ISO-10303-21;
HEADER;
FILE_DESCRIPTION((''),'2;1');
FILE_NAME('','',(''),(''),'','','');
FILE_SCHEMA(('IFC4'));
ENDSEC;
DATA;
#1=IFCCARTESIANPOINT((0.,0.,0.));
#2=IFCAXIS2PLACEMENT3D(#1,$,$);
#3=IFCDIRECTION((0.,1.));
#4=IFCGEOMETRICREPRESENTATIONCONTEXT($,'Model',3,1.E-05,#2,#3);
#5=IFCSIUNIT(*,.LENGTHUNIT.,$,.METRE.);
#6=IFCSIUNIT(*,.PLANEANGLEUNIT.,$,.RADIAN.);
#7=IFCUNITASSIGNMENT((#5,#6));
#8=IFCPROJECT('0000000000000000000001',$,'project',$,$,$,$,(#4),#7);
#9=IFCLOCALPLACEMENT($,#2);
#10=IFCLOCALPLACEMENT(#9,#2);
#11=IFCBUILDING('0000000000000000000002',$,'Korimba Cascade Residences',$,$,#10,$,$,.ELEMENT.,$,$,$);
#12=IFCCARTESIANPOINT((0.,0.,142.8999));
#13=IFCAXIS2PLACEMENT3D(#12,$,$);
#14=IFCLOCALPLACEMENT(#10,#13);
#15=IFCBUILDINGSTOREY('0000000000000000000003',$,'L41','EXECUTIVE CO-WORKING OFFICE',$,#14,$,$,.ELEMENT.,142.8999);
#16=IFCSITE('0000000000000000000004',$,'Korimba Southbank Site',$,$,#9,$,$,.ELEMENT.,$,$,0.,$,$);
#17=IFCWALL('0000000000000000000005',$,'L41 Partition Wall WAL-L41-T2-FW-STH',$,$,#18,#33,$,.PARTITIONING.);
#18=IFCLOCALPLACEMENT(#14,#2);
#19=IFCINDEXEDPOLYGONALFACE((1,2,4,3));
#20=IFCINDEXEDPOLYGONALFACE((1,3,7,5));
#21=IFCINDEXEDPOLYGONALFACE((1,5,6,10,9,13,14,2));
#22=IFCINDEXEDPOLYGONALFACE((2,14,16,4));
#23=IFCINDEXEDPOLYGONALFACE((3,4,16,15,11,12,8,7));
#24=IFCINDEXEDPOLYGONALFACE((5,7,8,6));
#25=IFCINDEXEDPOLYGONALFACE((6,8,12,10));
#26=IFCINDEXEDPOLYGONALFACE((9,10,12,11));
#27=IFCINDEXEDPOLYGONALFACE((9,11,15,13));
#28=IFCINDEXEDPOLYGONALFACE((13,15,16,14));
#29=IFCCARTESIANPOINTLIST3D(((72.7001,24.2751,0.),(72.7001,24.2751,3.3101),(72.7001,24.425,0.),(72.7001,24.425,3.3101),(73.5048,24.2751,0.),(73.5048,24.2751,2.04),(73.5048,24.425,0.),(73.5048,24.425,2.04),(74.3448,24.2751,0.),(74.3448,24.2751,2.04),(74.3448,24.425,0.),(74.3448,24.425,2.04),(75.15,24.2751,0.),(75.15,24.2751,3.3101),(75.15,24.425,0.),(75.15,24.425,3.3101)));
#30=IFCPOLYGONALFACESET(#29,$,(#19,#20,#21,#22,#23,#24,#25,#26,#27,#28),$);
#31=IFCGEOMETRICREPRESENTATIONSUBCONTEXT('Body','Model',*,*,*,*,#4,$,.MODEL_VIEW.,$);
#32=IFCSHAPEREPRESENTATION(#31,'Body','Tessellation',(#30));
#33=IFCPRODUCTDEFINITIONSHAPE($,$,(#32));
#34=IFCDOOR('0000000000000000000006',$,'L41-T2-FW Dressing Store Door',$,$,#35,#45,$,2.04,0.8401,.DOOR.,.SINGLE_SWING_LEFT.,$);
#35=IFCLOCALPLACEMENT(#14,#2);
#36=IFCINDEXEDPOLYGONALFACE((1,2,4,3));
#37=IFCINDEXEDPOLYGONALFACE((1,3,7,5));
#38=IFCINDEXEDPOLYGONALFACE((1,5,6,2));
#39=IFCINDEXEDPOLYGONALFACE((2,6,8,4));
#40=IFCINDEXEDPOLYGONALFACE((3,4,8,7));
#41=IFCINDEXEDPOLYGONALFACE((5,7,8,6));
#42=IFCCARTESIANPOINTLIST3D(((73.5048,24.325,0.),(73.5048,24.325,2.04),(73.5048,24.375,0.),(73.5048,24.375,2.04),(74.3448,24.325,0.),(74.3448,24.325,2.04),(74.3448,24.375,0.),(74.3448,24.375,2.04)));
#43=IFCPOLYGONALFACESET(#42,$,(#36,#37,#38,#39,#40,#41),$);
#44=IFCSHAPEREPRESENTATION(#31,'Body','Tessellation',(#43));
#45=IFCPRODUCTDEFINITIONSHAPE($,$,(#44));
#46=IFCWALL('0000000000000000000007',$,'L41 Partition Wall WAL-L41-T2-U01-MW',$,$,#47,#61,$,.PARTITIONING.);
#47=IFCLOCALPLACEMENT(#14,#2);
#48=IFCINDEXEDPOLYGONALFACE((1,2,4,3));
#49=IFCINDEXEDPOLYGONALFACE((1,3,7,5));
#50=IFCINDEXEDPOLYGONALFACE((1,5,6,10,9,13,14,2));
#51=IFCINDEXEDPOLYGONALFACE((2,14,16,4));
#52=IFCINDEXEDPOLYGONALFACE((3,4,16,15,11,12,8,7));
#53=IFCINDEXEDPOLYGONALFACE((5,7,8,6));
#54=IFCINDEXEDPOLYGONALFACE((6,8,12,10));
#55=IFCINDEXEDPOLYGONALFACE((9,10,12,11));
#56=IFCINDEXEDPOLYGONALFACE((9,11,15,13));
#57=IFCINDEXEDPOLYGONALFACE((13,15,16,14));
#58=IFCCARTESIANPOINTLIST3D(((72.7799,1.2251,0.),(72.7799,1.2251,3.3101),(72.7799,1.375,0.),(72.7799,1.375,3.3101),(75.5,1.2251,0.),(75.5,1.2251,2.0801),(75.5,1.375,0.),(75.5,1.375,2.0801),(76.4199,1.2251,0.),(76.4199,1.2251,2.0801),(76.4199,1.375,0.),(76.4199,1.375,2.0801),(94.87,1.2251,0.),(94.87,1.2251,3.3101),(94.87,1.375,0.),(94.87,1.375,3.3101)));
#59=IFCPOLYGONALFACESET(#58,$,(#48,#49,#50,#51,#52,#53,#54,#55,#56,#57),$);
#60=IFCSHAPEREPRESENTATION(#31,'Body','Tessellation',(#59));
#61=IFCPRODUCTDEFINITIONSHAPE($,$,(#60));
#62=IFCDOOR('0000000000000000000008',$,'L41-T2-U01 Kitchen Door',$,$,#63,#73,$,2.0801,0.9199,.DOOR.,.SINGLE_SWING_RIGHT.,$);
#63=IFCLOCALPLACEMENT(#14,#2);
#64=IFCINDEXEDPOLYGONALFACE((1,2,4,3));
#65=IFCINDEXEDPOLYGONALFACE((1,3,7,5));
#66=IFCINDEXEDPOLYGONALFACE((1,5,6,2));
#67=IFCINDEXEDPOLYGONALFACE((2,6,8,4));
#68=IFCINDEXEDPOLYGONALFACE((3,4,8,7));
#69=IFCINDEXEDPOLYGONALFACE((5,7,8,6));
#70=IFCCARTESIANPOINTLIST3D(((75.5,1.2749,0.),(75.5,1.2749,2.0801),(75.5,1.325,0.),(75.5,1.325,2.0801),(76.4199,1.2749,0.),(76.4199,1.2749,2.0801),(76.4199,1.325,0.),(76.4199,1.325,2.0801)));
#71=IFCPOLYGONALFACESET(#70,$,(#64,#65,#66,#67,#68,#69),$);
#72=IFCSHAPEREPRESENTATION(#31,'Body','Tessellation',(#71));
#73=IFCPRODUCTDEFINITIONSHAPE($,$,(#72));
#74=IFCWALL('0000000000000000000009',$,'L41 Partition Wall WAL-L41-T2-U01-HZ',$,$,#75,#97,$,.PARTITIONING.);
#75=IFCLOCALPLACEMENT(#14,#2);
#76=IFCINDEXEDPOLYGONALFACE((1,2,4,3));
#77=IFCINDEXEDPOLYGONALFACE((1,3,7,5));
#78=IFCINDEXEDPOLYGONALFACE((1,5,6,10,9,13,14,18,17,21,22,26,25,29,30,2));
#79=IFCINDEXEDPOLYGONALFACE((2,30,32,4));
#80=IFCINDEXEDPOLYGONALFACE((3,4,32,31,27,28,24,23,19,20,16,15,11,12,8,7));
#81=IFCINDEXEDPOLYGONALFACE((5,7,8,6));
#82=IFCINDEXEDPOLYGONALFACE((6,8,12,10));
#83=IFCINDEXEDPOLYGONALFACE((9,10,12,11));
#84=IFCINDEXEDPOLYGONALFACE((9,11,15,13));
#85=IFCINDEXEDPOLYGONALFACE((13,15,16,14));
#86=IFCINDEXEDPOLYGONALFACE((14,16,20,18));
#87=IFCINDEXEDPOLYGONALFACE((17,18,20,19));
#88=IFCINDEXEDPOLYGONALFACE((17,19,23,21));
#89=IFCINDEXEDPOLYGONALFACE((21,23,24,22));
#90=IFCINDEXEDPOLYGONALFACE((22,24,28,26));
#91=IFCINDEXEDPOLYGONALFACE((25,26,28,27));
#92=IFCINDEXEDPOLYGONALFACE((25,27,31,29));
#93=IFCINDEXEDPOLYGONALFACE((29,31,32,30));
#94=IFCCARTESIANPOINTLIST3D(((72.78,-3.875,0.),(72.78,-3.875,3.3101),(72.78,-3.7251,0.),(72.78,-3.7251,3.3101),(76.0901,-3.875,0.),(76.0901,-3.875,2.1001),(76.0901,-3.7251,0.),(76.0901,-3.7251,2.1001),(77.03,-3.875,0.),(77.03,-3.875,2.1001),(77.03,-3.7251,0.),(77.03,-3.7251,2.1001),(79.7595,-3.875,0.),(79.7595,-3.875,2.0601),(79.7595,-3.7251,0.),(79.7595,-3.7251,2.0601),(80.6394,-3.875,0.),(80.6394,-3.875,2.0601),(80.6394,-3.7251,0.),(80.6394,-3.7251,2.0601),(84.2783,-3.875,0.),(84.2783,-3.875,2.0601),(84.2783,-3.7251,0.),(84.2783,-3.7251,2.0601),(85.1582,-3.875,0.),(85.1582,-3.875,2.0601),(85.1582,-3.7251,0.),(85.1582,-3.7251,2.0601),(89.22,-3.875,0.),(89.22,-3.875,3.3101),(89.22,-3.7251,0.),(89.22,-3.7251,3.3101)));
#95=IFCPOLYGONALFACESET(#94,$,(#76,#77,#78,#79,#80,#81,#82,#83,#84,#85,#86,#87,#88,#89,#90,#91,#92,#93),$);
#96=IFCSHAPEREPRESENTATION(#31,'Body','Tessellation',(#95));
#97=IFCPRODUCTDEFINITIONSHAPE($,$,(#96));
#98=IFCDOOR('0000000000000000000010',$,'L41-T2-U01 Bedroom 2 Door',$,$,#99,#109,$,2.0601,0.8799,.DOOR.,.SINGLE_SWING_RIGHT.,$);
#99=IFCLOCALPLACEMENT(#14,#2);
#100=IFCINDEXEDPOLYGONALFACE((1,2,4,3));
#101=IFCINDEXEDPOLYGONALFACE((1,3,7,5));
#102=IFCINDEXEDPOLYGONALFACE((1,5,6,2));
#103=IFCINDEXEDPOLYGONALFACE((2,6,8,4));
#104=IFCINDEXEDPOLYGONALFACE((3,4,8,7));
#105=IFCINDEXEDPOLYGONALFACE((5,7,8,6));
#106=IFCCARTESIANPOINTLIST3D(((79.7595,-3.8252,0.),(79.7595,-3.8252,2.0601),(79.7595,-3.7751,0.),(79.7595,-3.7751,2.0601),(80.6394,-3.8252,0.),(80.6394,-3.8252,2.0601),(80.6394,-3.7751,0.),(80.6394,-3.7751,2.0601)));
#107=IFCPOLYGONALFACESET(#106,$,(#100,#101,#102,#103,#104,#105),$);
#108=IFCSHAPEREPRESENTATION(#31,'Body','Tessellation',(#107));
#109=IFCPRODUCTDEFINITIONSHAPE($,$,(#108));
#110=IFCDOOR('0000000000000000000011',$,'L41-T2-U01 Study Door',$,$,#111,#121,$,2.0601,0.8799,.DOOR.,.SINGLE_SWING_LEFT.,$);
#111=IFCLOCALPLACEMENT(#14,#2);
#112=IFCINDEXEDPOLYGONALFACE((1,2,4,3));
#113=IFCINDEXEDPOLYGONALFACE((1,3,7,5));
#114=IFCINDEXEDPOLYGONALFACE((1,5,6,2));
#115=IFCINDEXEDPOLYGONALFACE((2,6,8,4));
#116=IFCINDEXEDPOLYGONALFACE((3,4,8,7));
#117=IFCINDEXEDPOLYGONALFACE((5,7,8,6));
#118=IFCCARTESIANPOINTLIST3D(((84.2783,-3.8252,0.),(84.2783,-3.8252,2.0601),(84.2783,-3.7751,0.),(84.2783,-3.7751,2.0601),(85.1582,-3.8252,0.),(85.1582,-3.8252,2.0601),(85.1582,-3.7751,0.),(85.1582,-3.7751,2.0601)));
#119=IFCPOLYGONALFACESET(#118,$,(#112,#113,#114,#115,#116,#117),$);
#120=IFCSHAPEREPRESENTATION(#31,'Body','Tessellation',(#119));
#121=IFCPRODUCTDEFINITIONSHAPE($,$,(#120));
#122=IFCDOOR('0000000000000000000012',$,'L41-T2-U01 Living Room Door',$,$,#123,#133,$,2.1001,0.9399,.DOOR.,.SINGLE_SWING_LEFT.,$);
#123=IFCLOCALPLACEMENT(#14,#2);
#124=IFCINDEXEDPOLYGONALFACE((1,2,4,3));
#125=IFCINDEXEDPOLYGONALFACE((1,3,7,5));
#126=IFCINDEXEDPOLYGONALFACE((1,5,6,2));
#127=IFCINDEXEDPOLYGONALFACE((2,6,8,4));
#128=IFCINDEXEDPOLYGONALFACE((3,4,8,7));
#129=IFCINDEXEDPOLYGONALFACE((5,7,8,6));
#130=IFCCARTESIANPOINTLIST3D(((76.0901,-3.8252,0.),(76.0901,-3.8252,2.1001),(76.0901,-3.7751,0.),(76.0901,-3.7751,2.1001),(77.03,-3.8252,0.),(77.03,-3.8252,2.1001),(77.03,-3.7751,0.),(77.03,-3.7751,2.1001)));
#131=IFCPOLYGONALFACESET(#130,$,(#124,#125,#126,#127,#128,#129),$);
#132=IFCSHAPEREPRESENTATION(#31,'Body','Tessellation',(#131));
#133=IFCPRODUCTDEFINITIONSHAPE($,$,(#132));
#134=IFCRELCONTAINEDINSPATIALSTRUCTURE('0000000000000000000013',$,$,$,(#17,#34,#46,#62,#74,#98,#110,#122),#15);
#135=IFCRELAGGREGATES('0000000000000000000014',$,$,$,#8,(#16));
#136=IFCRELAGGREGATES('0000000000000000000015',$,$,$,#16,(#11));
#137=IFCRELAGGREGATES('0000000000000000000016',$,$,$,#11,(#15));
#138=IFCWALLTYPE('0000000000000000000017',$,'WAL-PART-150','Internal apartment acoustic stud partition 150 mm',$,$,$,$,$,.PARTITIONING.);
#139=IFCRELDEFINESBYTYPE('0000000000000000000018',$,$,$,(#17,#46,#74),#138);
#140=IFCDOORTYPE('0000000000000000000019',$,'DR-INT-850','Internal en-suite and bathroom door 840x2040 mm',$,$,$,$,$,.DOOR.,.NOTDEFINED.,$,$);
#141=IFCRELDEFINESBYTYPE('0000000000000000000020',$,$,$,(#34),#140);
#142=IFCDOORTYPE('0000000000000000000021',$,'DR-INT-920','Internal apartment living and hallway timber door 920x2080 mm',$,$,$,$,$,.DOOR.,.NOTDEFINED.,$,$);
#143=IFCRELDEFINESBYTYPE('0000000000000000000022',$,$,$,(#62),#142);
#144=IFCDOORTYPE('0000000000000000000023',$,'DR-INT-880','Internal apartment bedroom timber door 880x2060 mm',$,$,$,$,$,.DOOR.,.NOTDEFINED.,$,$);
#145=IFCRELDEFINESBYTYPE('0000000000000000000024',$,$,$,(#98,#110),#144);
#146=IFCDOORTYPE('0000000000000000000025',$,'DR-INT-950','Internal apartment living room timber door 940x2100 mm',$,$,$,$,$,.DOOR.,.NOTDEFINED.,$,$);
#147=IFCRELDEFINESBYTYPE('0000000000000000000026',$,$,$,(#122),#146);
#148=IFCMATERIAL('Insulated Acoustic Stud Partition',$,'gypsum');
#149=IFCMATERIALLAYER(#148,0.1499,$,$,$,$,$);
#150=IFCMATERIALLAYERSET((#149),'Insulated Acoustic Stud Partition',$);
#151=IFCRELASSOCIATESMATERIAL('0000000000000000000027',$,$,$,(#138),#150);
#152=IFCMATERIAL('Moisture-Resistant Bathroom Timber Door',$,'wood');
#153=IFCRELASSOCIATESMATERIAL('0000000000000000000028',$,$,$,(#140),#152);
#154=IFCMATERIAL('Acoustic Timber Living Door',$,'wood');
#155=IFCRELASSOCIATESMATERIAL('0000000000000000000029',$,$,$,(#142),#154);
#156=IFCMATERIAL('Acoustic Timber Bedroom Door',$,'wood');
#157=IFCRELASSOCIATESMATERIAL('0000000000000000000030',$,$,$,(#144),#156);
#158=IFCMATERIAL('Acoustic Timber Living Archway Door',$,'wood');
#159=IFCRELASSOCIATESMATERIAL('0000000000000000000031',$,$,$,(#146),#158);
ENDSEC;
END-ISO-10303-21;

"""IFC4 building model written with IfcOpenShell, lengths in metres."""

from ifc_helpers import new_model, si_unit, direction, frame, frame_2d, origin, place, context, subcontext, project, spatial, rectangle, extrude, material, layer, layer_set, type_object, element, fill, save


model = new_model("IFC4")

# Units and contexts
model_context = context("Model", 3, precision=1e-05, world=origin(), true_north=direction((0.0, 1.0)))
body_context = subcontext(model_context, "Body", "Model", "MODEL_VIEW")
ifc_project = project(units=[si_unit("LENGTHUNIT", "METRE"), si_unit("PLANEANGLEUNIT", "RADIAN")], contexts=[model_context])

# Site, building, storey
site_placement = place(None, origin())
site = spatial("IfcSite", under=ifc_project, at=site_placement, Name="Korimba Southbank Site", CompositionType="ELEMENT", RefElevation=0.0)
building_placement = place(site_placement, origin())
building = spatial("IfcBuilding", under=site, at=building_placement, Name="Korimba Cascade Residences", CompositionType="ELEMENT")
storey_placement = place(building_placement, frame((0.0, 0.0, 142.8999)))
storey = spatial("IfcBuildingStorey", under=building, at=storey_placement, Name="L41", Description="EXECUTIVE CO-WORKING OFFICE", CompositionType="ELEMENT", Elevation=142.8999)

# Walls, openings, doors
ifc_material_1 = material(Name="Insulated Acoustic Stud Partition", Category="gypsum")
ifc_layer_1 = layer(ifc_material_1, 0.1499)
ifc_layer_set_1 = layer_set([ifc_layer_1], Name="Insulated Acoustic Stud Partition")
wall_type_1 = type_object("IfcWallType", Name="WAL-PART-150", Description="Internal apartment acoustic stud partition 150 mm", PredefinedType="PARTITIONING", material=ifc_layer_set_1)
wall_1_placement = place(storey_placement, frame((72.7, 24.3501, 0.0), z_axis=(0.0, 0.0, 1.0), x_axis=(1.0, 0.0, 0.0)))
wall_1 = element("IfcWall", 1, at=wall_1_placement, inside=storey, type_object=wall_type_1, Name="L41 Partition Wall WAL-L41-T2-FW-STH", PredefinedType="PARTITIONING", context=body_context, shape_type="SweptSolid", body=[
    extrude(rectangle(XDim=2.45, YDim=0.1499, at=frame_2d((1.2251, 0.0))), origin(), (0.0, 0.0, 1.0), 3.3101),
])
opening_1_placement = place(wall_1_placement, frame((0.8049, 0.0, 0.0)))
opening_1 = element("IfcOpeningElement", 2, at=opening_1_placement, cuts=wall_1, PredefinedType="OPENING", context=body_context, shape_type="SweptSolid", body=[
    extrude(rectangle(XDim=0.8401, YDim=2.04, at=frame_2d((0.4199, 1.02))), frame((0.0, 0.085, 0.0), z_axis=(0.0, -1.0, 0.0), x_axis=(1.0, 0.0, 0.0)), (0.0, 0.0, 1.0), 0.1699),
])
ifc_material_2 = material(Name="Moisture-Resistant Bathroom Timber Door", Category="wood")
door_type_1 = type_object("IfcDoorType", Name="DR-INT-850", Description="Internal en-suite and bathroom door 840x2040 mm", OperationType="NOTDEFINED", PredefinedType="DOOR", material=ifc_material_2)
door_1_placement = place(opening_1_placement, origin())
door_1 = element("IfcDoor", 3, at=door_1_placement, inside=storey, type_object=door_type_1, Name="L41-T2-FW Dressing Store Door", OperationType="SINGLE_SWING_LEFT", OverallHeight=2.04, OverallWidth=0.8401, PredefinedType="DOOR", context=body_context, shape_type="SweptSolid", body=[
    extrude(rectangle(XDim=0.8401, YDim=2.04, at=frame_2d((0.4199, 1.02))), frame((0.0, 0.0249, 0.0), z_axis=(0.0, -1.0, 0.0), x_axis=(1.0, 0.0, 0.0)), (0.0, 0.0, 1.0), 0.05),
])
fill(opening_1, door_1)
wall_2_placement = place(storey_placement, frame((72.78, 1.3, 0.0), z_axis=(0.0, 0.0, 1.0), x_axis=(1.0, 0.0, 0.0)))
wall_2 = element("IfcWall", 4, at=wall_2_placement, inside=storey, type_object=wall_type_1, Name="L41 Partition Wall WAL-L41-T2-U01-MW", PredefinedType="PARTITIONING", context=body_context, shape_type="SweptSolid", body=[
    extrude(rectangle(XDim=22.0901, YDim=0.1499, at=frame_2d((11.0449, 0.0))), origin(), (0.0, 0.0, 1.0), 3.3101),
])
opening_2_placement = place(wall_2_placement, frame((2.72, 0.0, 0.0)))
opening_2 = element("IfcOpeningElement", 5, at=opening_2_placement, cuts=wall_2, PredefinedType="OPENING", context=body_context, shape_type="SweptSolid", body=[
    extrude(rectangle(XDim=0.9199, YDim=2.0801, at=frame_2d((0.46, 1.04))), frame((0.0, 0.085, 0.0), z_axis=(0.0, -1.0, 0.0), x_axis=(1.0, 0.0, 0.0)), (0.0, 0.0, 1.0), 0.1699),
])
ifc_material_3 = material(Name="Acoustic Timber Living Door", Category="wood")
door_type_2 = type_object("IfcDoorType", Name="DR-INT-920", Description="Internal apartment living and hallway timber door 920x2080 mm", OperationType="NOTDEFINED", PredefinedType="DOOR", material=ifc_material_3)
door_2_placement = place(opening_2_placement, origin())
door_2 = element("IfcDoor", 6, at=door_2_placement, inside=storey, type_object=door_type_2, Name="L41-T2-U01 Kitchen Door", OperationType="SINGLE_SWING_RIGHT", OverallHeight=2.0801, OverallWidth=0.9199, PredefinedType="DOOR", context=body_context, shape_type="SweptSolid", body=[
    extrude(rectangle(XDim=0.9199, YDim=2.0801, at=frame_2d((0.46, 1.04))), frame((0.0, 0.0249, 0.0), z_axis=(0.0, -1.0, 0.0), x_axis=(1.0, 0.0, 0.0)), (0.0, 0.0, 1.0), 0.05),
])
fill(opening_2, door_2)

# Wall, openings, doors
wall_3_placement = place(storey_placement, frame((72.78, -3.8, 0.0), z_axis=(0.0, 0.0, 1.0), x_axis=(1.0, 0.0, 0.0)))
wall_3 = element("IfcWall", 7, at=wall_3_placement, inside=storey, type_object=wall_type_1, Name="L41 Partition Wall WAL-L41-T2-U01-HZ", PredefinedType="PARTITIONING", context=body_context, shape_type="SweptSolid", body=[
    extrude(rectangle(XDim=16.4399, YDim=0.1499, at=frame_2d((8.22, 0.0))), origin(), (0.0, 0.0, 1.0), 3.3101),
])
opening_3_placement = place(wall_3_placement, frame((3.3101, 0.0, 0.0)))
opening_3 = element("IfcOpeningElement", 8, at=opening_3_placement, cuts=wall_3, PredefinedType="OPENING", context=body_context, shape_type="SweptSolid", body=[
    extrude(rectangle(XDim=0.9399, YDim=2.1001, at=frame_2d((0.47, 1.05))), frame((0.0, 0.085, 0.0), z_axis=(0.0, -1.0, 0.0), x_axis=(1.0, 0.0, 0.0)), (0.0, 0.0, 1.0), 0.1699),
])
opening_4_placement = place(wall_3_placement, frame((6.9795, 0.0, 0.0)))
opening_4 = element("IfcOpeningElement", 9, at=opening_4_placement, cuts=wall_3, PredefinedType="OPENING", context=body_context, shape_type="SweptSolid", body=[
    extrude(rectangle(XDim=0.8799, YDim=2.0601, at=frame_2d((0.4399, 1.03))), frame((0.0, 0.085, 0.0), z_axis=(0.0, -1.0, 0.0), x_axis=(1.0, 0.0, 0.0)), (0.0, 0.0, 1.0), 0.1699),
])
opening_5_placement = place(wall_3_placement, frame((11.4983, 0.0, 0.0)))
opening_5 = element("IfcOpeningElement", 10, at=opening_5_placement, cuts=wall_3, PredefinedType="OPENING", context=body_context, shape_type="SweptSolid", body=[
    extrude(rectangle(XDim=0.8799, YDim=2.0601, at=frame_2d((0.4399, 1.03))), frame((0.0, 0.085, 0.0), z_axis=(0.0, -1.0, 0.0), x_axis=(1.0, 0.0, 0.0)), (0.0, 0.0, 1.0), 0.1699),
])
ifc_material_4 = material(Name="Acoustic Timber Bedroom Door", Category="wood")
door_type_3 = type_object("IfcDoorType", Name="DR-INT-880", Description="Internal apartment bedroom timber door 880x2060 mm", OperationType="NOTDEFINED", PredefinedType="DOOR", material=ifc_material_4)
door_3_placement = place(opening_4_placement, origin())
door_3 = element("IfcDoor", 11, at=door_3_placement, inside=storey, type_object=door_type_3, Name="L41-T2-U01 Bedroom 2 Door", OperationType="SINGLE_SWING_RIGHT", OverallHeight=2.0601, OverallWidth=0.8799, PredefinedType="DOOR", context=body_context, shape_type="SweptSolid", body=[
    extrude(rectangle(XDim=0.8799, YDim=2.0601, at=frame_2d((0.4399, 1.03))), frame((0.0, 0.0249, 0.0), z_axis=(0.0, -1.0, 0.0), x_axis=(1.0, 0.0, 0.0)), (0.0, 0.0, 1.0), 0.05),
])
fill(opening_4, door_3)
door_4_placement = place(opening_5_placement, origin())
door_4 = element("IfcDoor", 12, at=door_4_placement, inside=storey, type_object=door_type_3, Name="L41-T2-U01 Study Door", OperationType="SINGLE_SWING_LEFT", OverallHeight=2.0601, OverallWidth=0.8799, PredefinedType="DOOR", context=body_context, shape_type="SweptSolid", body=[
    extrude(rectangle(XDim=0.8799, YDim=2.0601, at=frame_2d((0.4399, 1.03))), frame((0.0, 0.0249, 0.0), z_axis=(0.0, -1.0, 0.0), x_axis=(1.0, 0.0, 0.0)), (0.0, 0.0, 1.0), 0.05),
])
fill(opening_5, door_4)
ifc_material_5 = material(Name="Acoustic Timber Living Archway Door", Category="wood")
door_type_4 = type_object("IfcDoorType", Name="DR-INT-950", Description="Internal apartment living room timber door 940x2100 mm", OperationType="NOTDEFINED", PredefinedType="DOOR", material=ifc_material_5)
door_5_placement = place(opening_3_placement, origin())
door_5 = element("IfcDoor", 13, at=door_5_placement, inside=storey, type_object=door_type_4, Name="L41-T2-U01 Living Room Door", OperationType="SINGLE_SWING_LEFT", OverallHeight=2.1001, OverallWidth=0.9399, PredefinedType="DOOR", context=body_context, shape_type="SweptSolid", body=[
    extrude(rectangle(XDim=0.9399, YDim=2.1001, at=frame_2d((0.47, 1.05))), frame((0.0, 0.0249, 0.0), z_axis=(0.0, -1.0, 0.0), x_axis=(1.0, 0.0, 0.0)), (0.0, 0.0, 1.0), 0.05),
])
fill(opening_3, door_5)

save(model, "model.ifc")
